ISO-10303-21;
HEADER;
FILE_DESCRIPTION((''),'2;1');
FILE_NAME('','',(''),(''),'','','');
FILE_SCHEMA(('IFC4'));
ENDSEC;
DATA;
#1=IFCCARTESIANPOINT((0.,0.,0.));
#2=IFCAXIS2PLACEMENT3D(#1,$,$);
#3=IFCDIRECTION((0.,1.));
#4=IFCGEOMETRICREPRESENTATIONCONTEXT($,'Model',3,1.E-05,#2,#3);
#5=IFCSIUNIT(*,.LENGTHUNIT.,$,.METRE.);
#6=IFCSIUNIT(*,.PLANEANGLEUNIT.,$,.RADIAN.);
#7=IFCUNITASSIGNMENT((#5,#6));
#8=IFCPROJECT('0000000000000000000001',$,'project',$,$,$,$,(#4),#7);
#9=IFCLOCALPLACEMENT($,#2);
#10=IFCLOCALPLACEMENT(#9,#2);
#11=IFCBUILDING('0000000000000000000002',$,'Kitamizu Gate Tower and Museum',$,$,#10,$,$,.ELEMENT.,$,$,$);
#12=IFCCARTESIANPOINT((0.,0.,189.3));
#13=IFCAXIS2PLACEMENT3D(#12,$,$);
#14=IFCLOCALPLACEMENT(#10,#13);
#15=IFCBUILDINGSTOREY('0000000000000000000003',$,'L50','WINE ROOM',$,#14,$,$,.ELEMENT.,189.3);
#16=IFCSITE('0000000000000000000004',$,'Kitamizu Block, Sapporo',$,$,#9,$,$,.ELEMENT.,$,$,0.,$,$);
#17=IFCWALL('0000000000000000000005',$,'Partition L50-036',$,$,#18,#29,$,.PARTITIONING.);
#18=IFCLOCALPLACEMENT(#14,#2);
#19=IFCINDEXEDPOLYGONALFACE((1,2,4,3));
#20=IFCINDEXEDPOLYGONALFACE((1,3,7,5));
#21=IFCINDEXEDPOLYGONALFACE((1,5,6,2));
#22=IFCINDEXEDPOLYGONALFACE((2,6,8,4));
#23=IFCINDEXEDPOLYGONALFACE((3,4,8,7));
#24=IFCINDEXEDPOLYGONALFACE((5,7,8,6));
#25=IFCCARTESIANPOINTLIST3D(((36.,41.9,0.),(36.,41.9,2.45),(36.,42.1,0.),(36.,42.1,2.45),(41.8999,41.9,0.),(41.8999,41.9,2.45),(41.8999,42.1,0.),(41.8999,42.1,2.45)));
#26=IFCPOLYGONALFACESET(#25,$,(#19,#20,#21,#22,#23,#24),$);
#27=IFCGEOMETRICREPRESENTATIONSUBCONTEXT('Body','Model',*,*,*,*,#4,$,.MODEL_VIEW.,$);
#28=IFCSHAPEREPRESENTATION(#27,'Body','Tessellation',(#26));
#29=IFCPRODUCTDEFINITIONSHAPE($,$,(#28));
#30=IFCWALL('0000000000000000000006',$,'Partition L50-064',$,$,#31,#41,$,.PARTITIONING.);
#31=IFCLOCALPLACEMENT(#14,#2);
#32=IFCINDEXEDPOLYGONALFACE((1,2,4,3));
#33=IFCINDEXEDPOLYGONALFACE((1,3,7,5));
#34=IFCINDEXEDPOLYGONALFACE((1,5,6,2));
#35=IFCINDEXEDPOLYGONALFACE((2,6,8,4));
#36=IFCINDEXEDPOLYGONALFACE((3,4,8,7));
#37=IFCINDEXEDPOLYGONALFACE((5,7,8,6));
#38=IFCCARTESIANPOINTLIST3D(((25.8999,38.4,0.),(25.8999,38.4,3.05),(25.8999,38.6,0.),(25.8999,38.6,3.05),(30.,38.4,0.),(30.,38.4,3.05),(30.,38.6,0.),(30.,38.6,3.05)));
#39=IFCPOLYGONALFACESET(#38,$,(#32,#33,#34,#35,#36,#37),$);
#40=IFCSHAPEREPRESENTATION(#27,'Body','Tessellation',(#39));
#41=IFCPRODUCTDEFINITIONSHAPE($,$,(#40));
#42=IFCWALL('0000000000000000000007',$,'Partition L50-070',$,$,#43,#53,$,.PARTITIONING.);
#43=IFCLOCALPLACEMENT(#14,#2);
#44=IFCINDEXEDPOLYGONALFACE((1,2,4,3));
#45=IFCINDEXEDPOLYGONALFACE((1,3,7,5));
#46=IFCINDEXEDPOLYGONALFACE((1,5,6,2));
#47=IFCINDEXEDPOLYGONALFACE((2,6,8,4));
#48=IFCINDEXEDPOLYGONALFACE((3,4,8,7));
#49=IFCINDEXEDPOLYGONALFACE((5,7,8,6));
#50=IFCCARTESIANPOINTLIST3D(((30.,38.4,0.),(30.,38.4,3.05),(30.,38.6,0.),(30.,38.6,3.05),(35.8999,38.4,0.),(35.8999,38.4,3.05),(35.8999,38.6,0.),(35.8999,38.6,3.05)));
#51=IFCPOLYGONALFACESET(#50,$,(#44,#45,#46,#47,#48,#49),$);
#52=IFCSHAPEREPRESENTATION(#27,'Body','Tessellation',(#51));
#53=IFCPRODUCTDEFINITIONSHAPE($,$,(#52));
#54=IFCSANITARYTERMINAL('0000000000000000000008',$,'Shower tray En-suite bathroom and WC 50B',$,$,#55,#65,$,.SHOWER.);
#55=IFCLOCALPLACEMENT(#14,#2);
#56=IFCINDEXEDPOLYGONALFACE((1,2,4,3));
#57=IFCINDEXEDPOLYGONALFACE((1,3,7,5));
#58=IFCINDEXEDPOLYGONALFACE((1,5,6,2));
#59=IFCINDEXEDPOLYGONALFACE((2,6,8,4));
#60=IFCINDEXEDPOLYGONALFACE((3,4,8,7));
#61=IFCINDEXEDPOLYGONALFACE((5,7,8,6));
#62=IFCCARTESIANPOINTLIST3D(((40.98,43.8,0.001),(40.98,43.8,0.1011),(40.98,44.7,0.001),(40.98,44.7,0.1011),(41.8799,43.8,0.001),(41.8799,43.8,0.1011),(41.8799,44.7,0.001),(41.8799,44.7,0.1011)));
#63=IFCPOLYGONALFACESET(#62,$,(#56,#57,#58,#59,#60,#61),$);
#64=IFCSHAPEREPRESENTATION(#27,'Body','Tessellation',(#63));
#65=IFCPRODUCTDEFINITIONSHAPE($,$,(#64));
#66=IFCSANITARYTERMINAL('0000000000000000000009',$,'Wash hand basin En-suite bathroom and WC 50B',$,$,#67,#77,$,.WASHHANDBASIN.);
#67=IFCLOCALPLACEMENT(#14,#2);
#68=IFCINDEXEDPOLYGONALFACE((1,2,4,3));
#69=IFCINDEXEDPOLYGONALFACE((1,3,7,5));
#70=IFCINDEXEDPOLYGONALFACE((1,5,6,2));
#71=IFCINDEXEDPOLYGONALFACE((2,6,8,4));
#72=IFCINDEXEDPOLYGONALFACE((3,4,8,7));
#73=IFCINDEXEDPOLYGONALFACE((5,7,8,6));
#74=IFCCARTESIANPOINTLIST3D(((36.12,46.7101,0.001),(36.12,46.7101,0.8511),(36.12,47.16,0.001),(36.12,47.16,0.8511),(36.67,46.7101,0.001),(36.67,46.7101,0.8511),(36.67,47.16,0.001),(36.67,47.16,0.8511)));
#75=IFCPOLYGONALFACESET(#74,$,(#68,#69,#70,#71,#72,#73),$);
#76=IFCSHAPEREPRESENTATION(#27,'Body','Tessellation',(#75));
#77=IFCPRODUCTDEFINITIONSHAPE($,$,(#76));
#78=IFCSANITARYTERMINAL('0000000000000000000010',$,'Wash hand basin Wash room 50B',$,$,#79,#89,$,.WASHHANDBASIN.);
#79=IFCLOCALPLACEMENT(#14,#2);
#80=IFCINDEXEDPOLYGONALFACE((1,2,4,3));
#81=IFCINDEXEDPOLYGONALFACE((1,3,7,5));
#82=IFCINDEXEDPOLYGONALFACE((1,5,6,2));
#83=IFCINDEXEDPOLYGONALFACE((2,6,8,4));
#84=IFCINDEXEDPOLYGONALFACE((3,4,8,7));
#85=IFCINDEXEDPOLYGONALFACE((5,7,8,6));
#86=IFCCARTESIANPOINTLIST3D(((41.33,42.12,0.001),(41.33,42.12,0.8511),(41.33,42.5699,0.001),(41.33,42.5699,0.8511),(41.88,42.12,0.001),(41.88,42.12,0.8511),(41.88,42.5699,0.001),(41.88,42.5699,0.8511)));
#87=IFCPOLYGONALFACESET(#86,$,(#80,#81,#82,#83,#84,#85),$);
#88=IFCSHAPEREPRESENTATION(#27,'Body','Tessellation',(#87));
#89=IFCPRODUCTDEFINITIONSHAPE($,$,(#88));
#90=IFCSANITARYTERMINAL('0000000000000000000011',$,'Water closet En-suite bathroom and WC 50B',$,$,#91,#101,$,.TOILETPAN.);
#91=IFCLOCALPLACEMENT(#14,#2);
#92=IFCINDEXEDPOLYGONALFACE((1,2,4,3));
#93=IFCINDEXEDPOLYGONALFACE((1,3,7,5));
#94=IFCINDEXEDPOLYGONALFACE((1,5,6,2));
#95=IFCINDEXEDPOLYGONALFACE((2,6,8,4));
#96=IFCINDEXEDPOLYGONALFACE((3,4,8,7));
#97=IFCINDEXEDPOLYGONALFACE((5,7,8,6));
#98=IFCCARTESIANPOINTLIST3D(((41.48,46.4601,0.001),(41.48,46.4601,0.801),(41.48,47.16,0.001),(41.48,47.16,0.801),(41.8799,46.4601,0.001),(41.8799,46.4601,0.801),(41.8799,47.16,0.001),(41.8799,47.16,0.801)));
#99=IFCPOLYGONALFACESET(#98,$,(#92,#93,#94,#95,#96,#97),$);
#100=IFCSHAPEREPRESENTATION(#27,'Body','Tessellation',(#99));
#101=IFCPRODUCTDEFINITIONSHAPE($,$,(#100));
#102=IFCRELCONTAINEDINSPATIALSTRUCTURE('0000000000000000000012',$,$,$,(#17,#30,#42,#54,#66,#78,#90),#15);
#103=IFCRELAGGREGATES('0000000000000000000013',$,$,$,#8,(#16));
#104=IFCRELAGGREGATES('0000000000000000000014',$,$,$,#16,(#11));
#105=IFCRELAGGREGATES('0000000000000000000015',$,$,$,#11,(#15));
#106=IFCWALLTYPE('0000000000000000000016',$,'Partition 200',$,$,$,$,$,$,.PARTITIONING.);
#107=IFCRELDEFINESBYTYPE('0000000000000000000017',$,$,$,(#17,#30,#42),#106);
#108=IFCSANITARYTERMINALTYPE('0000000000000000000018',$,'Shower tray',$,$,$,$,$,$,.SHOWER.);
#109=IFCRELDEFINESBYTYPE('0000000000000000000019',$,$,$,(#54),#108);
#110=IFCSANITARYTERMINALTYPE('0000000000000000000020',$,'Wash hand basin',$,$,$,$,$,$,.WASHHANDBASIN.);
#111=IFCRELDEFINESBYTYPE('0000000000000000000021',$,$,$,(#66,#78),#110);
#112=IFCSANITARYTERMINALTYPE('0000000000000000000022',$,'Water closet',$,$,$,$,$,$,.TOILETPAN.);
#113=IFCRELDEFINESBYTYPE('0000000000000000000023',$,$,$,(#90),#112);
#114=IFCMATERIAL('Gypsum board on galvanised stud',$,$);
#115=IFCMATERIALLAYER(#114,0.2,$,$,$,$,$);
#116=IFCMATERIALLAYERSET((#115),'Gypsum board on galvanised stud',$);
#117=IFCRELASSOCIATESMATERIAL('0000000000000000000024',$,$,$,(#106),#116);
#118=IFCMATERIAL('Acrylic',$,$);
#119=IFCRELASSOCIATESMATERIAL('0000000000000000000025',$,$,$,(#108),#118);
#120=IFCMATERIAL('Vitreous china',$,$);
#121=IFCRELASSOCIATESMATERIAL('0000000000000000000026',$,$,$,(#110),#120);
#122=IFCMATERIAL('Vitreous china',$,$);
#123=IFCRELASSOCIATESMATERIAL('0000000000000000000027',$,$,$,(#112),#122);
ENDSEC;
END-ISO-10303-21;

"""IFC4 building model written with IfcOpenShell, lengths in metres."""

from ifc_helpers import new_model, si_unit, direction, frame, frame_2d, origin, origin_2d, place, context, subcontext, project, spatial, rectangle, extrude, material, layer, layer_set, type_object, element, save


model = new_model("IFC4")

# Units and contexts
model_context = context("Model", 3, precision=1e-05, world=origin(), true_north=direction((0.0, 1.0)))
body_context = subcontext(model_context, "Body", "Model", "MODEL_VIEW")
ifc_project = project(units=[si_unit("LENGTHUNIT", "METRE"), si_unit("PLANEANGLEUNIT", "RADIAN")], contexts=[model_context])

# Site, building, storey
site_placement = place(None, origin())
site = spatial("IfcSite", under=ifc_project, at=site_placement, Name="Kitamizu Block, Sapporo", CompositionType="ELEMENT", RefElevation=0.0)
building_placement = place(site_placement, origin())
building = spatial("IfcBuilding", under=site, at=building_placement, Name="Kitamizu Gate Tower and Museum", CompositionType="ELEMENT")
storey_placement = place(building_placement, frame((0.0, 0.0, 189.3)))
storey = spatial("IfcBuildingStorey", under=building, at=storey_placement, Name="L50", Description="WINE ROOM", CompositionType="ELEMENT", Elevation=189.3)

# Walls
ifc_material_1 = material(Name="Gypsum board on galvanised stud")
ifc_layer_1 = layer(ifc_material_1, 0.2)
ifc_layer_set_1 = layer_set([ifc_layer_1], Name="Gypsum board on galvanised stud")
wall_type_1 = type_object("IfcWallType", Name="Partition 200", PredefinedType="PARTITIONING", material=ifc_layer_set_1)
wall_1_placement = place(storey_placement, frame((36.0, 42.0, 0.0), z_axis=(0.0, 0.0, 1.0), x_axis=(1.0, 0.0, 0.0)))
element("IfcWall", 1, at=wall_1_placement, inside=storey, type_object=wall_type_1, Name="Partition L50-036", PredefinedType="PARTITIONING", context=body_context, shape_type="SweptSolid", body=[
    extrude(rectangle(XDim=5.8999, YDim=0.2, at=frame_2d((2.95, 0.0))), origin(), (0.0, 0.0, 1.0), 2.45),
])
wall_2_placement = place(storey_placement, frame((30.0, 38.5, 0.0), z_axis=(0.0, 0.0, 1.0), x_axis=(-1.0, 0.0, 0.0)))
element("IfcWall", 2, at=wall_2_placement, inside=storey, type_object=wall_type_1, Name="Partition L50-064", PredefinedType="PARTITIONING", context=body_context, shape_type="SweptSolid", body=[
    extrude(rectangle(XDim=4.1001, YDim=0.2, at=frame_2d((2.05, 0.0))), origin(), (0.0, 0.0, 1.0), 3.05),
])
wall_3_placement = place(storey_placement, frame((35.8999, 38.5, 0.0), z_axis=(0.0, 0.0, 1.0), x_axis=(-1.0, 0.0, 0.0)))
element("IfcWall", 3, at=wall_3_placement, inside=storey, type_object=wall_type_1, Name="Partition L50-070", PredefinedType="PARTITIONING", context=body_context, shape_type="SweptSolid", body=[
    extrude(rectangle(XDim=5.8999, YDim=0.2, at=frame_2d((2.95, 0.0))), origin(), (0.0, 0.0, 1.0), 3.05),
])

# Sanitary terminals
ifc_material_2 = material(Name="Acrylic")
sanitary_terminal_type_1 = type_object("IfcSanitaryTerminalType", Name="Shower tray", PredefinedType="SHOWER", material=ifc_material_2)
sanitary_terminal_1_placement = place(storey_placement, frame((41.4299, 44.25, 0.001), z_axis=(0.0, 0.0, 1.0), x_axis=(1.0, 0.0, 0.0)))
element("IfcSanitaryTerminal", 4, at=sanitary_terminal_1_placement, inside=storey, type_object=sanitary_terminal_type_1, Name="Shower tray En-suite bathroom and WC 50B", PredefinedType="SHOWER", context=body_context, shape_type="SweptSolid", body=[
    extrude(rectangle(XDim=0.8999, YDim=0.8999, at=origin_2d()), origin(), (0.0, 0.0, 1.0), 0.1001),
])
ifc_material_3 = material(Name="Vitreous china")
sanitary_terminal_type_2 = type_object("IfcSanitaryTerminalType", Name="Wash hand basin", PredefinedType="WASHHANDBASIN", material=ifc_material_3)
for number, where, z_axis, x_axis, name in (
    (5, (36.395, 46.9351, 0.001), (0.0, 0.0, 1.0), (1.0, 0.0, 0.0), "Wash hand basin En-suite bathroom and WC 50B"),
    (6, (41.605, 42.345, 0.001), (0.0, 0.0, 1.0), (1.0, 0.0, 0.0), "Wash hand basin Wash room 50B"),
):
    element("IfcSanitaryTerminal", number, at=place(storey_placement, frame(where, z_axis=z_axis, x_axis=x_axis)), inside=storey, type_object=sanitary_terminal_type_2, Name=name, PredefinedType="WASHHANDBASIN", context=body_context, shape_type="SweptSolid", body=[
        extrude(rectangle(XDim=0.55, YDim=0.45, at=origin_2d()), origin(), (0.0, 0.0, 1.0), 0.8501),
    ])
ifc_material_4 = material(Name="Vitreous china")
sanitary_terminal_type_3 = type_object("IfcSanitaryTerminalType", Name="Water closet", PredefinedType="TOILETPAN", material=ifc_material_4)
sanitary_terminal_2_placement = place(storey_placement, frame((41.6799, 46.8101, 0.001), z_axis=(0.0, 0.0, 1.0), x_axis=(1.0, 0.0, 0.0)))
element("IfcSanitaryTerminal", 7, at=sanitary_terminal_2_placement, inside=storey, type_object=sanitary_terminal_type_3, Name="Water closet En-suite bathroom and WC 50B", PredefinedType="TOILETPAN", context=body_context, shape_type="SweptSolid", body=[
    extrude(rectangle(XDim=0.3999, YDim=0.7, at=origin_2d()), origin(), (0.0, 0.0, 1.0), 0.8),
])

save(model, "model.ifc")
